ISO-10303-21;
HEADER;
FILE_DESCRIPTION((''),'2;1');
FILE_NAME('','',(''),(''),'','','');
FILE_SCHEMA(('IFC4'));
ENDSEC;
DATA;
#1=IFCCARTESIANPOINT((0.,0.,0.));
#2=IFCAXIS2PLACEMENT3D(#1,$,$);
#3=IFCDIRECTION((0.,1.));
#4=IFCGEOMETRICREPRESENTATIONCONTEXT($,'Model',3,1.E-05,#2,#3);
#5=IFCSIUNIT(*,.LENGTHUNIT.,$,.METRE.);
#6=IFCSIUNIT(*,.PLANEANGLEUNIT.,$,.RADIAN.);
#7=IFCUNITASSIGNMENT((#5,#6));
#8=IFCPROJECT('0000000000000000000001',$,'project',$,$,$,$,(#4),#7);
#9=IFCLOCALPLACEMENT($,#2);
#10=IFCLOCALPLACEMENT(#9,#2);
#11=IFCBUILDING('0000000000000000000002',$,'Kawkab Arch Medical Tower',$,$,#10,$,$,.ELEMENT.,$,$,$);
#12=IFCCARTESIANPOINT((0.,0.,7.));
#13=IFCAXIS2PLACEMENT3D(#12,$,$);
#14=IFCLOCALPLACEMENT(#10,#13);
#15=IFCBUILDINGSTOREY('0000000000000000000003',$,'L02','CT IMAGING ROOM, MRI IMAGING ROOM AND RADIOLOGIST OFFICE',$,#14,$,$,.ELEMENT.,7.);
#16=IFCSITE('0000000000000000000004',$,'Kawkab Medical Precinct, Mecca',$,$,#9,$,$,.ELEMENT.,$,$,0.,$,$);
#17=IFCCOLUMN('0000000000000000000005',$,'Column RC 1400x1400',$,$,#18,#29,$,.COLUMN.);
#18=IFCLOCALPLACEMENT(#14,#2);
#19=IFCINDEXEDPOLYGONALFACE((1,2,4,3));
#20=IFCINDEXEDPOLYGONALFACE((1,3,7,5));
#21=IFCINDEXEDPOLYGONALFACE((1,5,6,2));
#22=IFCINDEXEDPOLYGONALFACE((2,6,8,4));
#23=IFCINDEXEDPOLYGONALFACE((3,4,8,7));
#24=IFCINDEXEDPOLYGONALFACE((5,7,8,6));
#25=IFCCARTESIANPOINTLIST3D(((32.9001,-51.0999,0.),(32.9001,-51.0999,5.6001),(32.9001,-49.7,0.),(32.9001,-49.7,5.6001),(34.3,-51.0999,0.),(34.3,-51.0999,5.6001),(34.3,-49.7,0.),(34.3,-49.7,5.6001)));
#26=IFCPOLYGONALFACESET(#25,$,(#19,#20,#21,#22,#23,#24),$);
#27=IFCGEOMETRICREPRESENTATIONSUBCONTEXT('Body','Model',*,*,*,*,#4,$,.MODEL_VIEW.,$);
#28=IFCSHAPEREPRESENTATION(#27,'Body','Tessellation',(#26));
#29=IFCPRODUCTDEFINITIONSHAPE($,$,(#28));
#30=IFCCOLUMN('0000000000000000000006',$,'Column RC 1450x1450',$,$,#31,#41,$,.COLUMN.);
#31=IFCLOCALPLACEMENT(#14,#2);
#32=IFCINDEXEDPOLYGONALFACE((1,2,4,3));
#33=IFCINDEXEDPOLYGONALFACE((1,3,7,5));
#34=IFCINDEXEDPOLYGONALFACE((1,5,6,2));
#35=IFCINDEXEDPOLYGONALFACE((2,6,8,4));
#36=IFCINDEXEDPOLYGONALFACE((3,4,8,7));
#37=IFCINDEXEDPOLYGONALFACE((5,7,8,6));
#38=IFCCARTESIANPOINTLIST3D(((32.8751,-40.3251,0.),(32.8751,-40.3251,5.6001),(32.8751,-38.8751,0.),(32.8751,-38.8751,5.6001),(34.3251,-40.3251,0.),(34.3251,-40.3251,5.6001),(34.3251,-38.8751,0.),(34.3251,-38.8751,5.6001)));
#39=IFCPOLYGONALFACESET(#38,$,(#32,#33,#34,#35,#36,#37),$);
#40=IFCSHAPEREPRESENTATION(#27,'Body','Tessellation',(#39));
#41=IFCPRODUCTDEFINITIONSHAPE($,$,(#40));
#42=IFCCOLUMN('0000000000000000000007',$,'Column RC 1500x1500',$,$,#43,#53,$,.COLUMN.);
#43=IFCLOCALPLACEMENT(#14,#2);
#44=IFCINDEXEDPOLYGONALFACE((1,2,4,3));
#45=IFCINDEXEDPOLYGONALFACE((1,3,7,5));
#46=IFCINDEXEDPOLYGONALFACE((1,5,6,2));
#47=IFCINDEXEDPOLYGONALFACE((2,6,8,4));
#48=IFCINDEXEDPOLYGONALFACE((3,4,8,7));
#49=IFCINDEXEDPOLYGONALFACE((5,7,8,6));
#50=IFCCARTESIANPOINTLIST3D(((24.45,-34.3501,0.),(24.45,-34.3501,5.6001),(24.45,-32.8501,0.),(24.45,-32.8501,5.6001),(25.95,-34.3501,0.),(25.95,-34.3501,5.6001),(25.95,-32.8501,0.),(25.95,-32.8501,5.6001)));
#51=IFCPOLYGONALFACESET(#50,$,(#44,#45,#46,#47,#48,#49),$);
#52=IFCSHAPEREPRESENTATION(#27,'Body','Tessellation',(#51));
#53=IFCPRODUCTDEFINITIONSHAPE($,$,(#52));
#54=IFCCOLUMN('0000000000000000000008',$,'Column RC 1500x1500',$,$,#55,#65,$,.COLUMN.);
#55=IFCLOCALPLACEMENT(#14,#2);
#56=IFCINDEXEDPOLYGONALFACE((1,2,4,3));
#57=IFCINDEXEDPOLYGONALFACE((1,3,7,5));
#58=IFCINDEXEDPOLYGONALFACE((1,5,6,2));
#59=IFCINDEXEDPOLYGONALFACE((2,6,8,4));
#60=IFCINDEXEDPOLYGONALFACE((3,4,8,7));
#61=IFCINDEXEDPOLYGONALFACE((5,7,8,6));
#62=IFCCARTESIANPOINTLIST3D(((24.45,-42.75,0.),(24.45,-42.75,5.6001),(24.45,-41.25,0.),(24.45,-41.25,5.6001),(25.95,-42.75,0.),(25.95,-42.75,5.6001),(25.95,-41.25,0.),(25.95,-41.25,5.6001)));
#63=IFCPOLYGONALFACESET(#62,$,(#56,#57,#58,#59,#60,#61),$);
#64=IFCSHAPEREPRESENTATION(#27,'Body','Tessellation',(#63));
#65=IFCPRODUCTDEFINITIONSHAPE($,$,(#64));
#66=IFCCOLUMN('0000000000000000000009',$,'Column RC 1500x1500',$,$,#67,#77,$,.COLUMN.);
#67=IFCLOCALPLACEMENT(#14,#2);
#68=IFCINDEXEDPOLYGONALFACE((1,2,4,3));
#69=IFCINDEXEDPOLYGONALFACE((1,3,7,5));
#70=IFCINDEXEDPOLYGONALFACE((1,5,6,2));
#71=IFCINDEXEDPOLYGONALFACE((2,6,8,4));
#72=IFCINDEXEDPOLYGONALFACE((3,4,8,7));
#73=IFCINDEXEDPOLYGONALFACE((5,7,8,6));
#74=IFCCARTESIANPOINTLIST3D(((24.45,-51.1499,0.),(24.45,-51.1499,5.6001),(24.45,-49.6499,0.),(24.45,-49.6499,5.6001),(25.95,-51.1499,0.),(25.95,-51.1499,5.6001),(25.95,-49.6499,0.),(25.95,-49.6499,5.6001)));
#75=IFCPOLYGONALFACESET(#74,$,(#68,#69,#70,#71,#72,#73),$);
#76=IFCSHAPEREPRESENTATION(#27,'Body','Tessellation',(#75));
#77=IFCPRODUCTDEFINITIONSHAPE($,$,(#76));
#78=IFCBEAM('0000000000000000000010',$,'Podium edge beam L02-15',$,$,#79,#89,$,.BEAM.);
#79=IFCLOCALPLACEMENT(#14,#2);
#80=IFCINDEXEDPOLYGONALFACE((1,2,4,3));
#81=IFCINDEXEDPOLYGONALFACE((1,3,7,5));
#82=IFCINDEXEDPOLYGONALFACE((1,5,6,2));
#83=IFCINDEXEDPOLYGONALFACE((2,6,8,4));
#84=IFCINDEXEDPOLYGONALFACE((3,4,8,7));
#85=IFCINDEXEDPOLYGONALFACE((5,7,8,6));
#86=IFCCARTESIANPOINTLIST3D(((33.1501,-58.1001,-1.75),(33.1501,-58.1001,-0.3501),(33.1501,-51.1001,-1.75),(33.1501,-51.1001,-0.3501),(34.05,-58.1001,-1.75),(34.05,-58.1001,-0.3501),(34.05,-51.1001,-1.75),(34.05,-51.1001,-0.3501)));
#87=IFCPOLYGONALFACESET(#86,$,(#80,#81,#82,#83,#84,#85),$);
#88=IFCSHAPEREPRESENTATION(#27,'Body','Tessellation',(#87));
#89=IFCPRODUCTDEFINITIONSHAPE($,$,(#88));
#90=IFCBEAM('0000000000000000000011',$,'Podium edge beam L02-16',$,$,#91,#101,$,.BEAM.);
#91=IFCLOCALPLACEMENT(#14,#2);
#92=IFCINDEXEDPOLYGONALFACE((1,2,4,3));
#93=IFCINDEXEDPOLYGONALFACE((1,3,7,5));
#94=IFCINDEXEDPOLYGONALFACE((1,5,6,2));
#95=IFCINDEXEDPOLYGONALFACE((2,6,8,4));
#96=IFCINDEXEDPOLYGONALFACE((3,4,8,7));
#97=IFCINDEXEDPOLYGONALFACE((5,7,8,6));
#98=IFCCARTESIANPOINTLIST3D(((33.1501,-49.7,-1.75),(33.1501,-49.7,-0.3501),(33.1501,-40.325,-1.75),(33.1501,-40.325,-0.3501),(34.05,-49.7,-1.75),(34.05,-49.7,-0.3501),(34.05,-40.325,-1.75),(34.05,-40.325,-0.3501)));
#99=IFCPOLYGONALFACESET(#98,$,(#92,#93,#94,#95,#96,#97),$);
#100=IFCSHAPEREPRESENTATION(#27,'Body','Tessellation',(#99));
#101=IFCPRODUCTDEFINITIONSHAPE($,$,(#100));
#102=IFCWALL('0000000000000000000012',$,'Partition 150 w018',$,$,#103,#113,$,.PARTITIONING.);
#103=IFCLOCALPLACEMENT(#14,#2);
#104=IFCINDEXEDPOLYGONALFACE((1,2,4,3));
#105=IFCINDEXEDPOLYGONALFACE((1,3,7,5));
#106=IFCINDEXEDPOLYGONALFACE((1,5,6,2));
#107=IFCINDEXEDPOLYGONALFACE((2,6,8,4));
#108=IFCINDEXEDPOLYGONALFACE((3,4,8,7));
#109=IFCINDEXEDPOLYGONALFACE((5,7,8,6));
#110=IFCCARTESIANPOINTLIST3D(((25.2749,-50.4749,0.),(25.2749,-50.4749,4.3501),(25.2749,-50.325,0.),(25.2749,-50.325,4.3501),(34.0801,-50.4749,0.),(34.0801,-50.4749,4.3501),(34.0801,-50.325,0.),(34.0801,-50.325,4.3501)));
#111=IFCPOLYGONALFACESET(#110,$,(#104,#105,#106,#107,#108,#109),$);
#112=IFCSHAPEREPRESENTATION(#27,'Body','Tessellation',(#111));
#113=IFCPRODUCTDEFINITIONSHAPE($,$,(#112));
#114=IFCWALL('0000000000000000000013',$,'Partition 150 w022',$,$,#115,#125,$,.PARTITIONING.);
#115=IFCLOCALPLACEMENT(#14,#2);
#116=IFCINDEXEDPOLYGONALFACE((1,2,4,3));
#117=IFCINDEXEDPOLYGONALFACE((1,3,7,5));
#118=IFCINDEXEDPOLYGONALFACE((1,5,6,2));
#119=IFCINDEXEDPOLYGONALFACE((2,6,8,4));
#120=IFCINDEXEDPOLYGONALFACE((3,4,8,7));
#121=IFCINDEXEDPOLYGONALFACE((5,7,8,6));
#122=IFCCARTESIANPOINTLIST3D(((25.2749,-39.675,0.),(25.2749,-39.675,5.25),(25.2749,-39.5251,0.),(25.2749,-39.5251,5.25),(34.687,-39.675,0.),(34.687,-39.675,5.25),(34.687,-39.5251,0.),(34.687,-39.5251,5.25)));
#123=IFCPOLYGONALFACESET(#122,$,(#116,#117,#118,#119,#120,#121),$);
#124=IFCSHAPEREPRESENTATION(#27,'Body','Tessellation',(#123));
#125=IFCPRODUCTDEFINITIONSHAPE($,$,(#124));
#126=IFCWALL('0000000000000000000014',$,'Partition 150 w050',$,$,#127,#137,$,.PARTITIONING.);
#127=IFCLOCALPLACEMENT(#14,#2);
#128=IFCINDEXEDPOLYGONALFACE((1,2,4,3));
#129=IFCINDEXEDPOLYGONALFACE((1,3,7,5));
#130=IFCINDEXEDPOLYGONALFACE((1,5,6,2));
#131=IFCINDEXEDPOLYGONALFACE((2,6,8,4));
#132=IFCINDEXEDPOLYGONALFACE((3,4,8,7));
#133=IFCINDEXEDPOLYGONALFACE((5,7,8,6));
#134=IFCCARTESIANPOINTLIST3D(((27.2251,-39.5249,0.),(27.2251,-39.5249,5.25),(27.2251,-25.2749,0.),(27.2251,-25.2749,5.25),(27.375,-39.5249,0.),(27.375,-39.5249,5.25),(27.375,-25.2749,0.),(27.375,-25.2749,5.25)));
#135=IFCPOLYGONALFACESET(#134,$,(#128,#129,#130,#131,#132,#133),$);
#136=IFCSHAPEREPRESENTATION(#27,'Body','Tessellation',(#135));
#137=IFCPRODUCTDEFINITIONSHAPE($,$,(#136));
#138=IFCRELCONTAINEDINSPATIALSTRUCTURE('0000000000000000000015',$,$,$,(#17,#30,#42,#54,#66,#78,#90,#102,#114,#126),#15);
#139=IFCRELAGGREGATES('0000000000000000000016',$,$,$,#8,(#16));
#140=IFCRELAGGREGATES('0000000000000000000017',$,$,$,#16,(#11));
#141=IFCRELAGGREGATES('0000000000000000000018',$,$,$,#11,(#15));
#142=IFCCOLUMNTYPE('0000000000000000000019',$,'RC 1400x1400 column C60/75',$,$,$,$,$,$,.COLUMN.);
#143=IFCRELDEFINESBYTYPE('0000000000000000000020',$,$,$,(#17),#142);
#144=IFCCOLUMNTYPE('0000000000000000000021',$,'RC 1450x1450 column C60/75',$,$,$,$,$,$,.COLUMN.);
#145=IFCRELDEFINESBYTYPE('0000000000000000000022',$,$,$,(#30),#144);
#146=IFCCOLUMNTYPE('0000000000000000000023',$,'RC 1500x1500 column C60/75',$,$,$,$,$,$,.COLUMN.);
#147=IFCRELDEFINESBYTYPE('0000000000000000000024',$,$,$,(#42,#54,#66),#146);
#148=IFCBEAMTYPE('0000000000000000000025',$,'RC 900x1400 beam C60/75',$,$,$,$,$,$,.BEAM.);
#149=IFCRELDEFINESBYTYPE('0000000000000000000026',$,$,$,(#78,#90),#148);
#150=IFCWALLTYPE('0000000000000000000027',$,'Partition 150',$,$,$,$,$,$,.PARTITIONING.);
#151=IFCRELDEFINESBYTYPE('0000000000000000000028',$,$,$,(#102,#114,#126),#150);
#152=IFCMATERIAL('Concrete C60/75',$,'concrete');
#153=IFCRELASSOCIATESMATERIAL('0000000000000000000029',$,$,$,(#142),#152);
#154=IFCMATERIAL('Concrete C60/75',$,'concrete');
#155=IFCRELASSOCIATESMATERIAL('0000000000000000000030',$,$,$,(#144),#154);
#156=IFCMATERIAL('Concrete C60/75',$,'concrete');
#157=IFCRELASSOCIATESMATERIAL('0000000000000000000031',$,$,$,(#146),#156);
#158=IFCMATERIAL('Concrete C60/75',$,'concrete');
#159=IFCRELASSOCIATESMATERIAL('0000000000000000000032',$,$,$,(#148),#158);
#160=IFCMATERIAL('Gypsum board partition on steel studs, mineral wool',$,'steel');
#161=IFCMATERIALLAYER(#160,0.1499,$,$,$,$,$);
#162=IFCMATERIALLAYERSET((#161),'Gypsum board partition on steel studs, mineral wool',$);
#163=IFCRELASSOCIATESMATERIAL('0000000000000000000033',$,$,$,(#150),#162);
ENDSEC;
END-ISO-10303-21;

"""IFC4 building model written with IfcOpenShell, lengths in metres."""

from ifc_helpers import new_model, si_unit, direction, frame, frame_2d, origin, origin_2d, place, context, subcontext, project, spatial, rectangle, extrude, material, layer, layer_set, material_profile, profile_set, type_object, element, save


model = new_model("IFC4")

# Units and contexts
model_context = context("Model", 3, precision=1e-05, world=origin(), true_north=direction((0.0, 1.0)))
body_context = subcontext(model_context, "Body", "Model", "MODEL_VIEW")
ifc_project = project(units=[si_unit("LENGTHUNIT", "METRE"), si_unit("PLANEANGLEUNIT", "RADIAN")], contexts=[model_context])

# Site, building, storey
site_placement = place(None, origin())
site = spatial("IfcSite", under=ifc_project, at=site_placement, Name="Kawkab Medical Precinct, Mecca", CompositionType="ELEMENT", RefElevation=0.0)
building_placement = place(site_placement, origin())
building = spatial("IfcBuilding", under=site, at=building_placement, Name="Kawkab Arch Medical Tower", CompositionType="ELEMENT")
storey_placement = place(building_placement, frame((0.0, 0.0, 7.0)))
storey = spatial("IfcBuildingStorey", under=building, at=storey_placement, Name="L02", Description="CT IMAGING ROOM, MRI IMAGING ROOM AND RADIOLOGIST OFFICE", CompositionType="ELEMENT", Elevation=7.0)

# Columns
ifc_material_1 = material(Name="Concrete C60/75", Category="concrete")
ifc_material_profile_1 = material_profile(ifc_material_1, rectangle(XDim=1.3999, YDim=1.3999, at=origin_2d()), Name="RC 1400x1400")
ifc_profile_set_1 = profile_set([ifc_material_profile_1], Name="Concrete C60/75")
column_type_1 = type_object("IfcColumnType", Name="RC 1400x1400 column C60/75", PredefinedType="COLUMN", material=ifc_profile_set_1)
column_1_placement = place(storey_placement, frame((33.6001, -50.3999, 0.0), z_axis=(0.0, 0.0, 1.0), x_axis=(1.0, 0.0, 0.0)))
element("IfcColumn", 1, at=column_1_placement, inside=storey, type_object=column_type_1, Name="Column RC 1400x1400", PredefinedType="COLUMN", context=body_context, shape_type="SweptSolid", body=[
    extrude(rectangle(XDim=1.3999, YDim=1.3999, at=origin_2d()), origin(), (0.0, 0.0, 1.0), 5.6001),
])
ifc_material_2 = material(Name="Concrete C60/75", Category="concrete")
ifc_material_profile_2 = material_profile(ifc_material_2, rectangle(XDim=1.45, YDim=1.45, at=origin_2d()), Name="RC 1450x1450")
ifc_profile_set_2 = profile_set([ifc_material_profile_2], Name="Concrete C60/75")
column_type_2 = type_object("IfcColumnType", Name="RC 1450x1450 column C60/75", PredefinedType="COLUMN", material=ifc_profile_set_2)
column_2_placement = place(storey_placement, frame((33.6001, -39.6001, 0.0), z_axis=(0.0, 0.0, 1.0), x_axis=(1.0, 0.0, 0.0)))
element("IfcColumn", 2, at=column_2_placement, inside=storey, type_object=column_type_2, Name="Column RC 1450x1450", PredefinedType="COLUMN", context=body_context, shape_type="SweptSolid", body=[
    extrude(rectangle(XDim=1.45, YDim=1.45, at=origin_2d()), origin(), (0.0, 0.0, 1.0), 5.6001),
])
ifc_material_3 = material(Name="Concrete C60/75", Category="concrete")
ifc_material_profile_3 = material_profile(ifc_material_3, rectangle(XDim=1.5, YDim=1.5, at=origin_2d()), Name="RC 1500x1500")
ifc_profile_set_3 = profile_set([ifc_material_profile_3], Name="Concrete C60/75")
column_type_3 = type_object("IfcColumnType", Name="RC 1500x1500 column C60/75", PredefinedType="COLUMN", material=ifc_profile_set_3)
for number, where, z_axis, x_axis, name in (
    (3, (25.2, -33.6001, 0.0), (0.0, 0.0, 1.0), (1.0, 0.0, 0.0), "Column RC 1500x1500"),
    (4, (25.2, -42.0, 0.0), (0.0, 0.0, 1.0), (1.0, 0.0, 0.0), "Column RC 1500x1500"),
    (5, (25.2, -50.3999, 0.0), (0.0, 0.0, 1.0), (1.0, 0.0, 0.0), "Column RC 1500x1500"),
):
    element("IfcColumn", number, at=place(storey_placement, frame(where, z_axis=z_axis, x_axis=x_axis)), inside=storey, type_object=column_type_3, Name=name, PredefinedType="COLUMN", context=body_context, shape_type="SweptSolid", body=[
        extrude(rectangle(XDim=1.5, YDim=1.5, at=origin_2d()), origin(), (0.0, 0.0, 1.0), 5.6001),
    ])

# Beams
ifc_material_4 = material(Name="Concrete C60/75", Category="concrete")
ifc_material_profile_4 = material_profile(ifc_material_4, rectangle(XDim=0.8999, YDim=1.3999, at=origin_2d()), Name="RC 900x1400")
ifc_profile_set_4 = profile_set([ifc_material_profile_4], Name="Concrete C60/75")
beam_type = type_object("IfcBeamType", Name="RC 900x1400 beam C60/75", PredefinedType="BEAM", material=ifc_profile_set_4)
beam_1_placement = place(storey_placement, frame((33.6001, -58.1001, -1.05), z_axis=(0.0, 1.0, 0.0), x_axis=(-1.0, 0.0, 0.0)))
element("IfcBeam", 6, at=beam_1_placement, inside=storey, type_object=beam_type, Name="Podium edge beam L02-15", PredefinedType="BEAM", context=body_context, shape_type="SweptSolid", body=[
    extrude(rectangle(XDim=0.8999, YDim=1.3999, at=origin_2d()), origin(), (0.0, 0.0, 1.0), 7.0),
])
beam_2_placement = place(storey_placement, frame((33.6001, -49.7, -1.05), z_axis=(0.0, 1.0, 0.0), x_axis=(-1.0, 0.0, 0.0)))
element("IfcBeam", 7, at=beam_2_placement, inside=storey, type_object=beam_type, Name="Podium edge beam L02-16", PredefinedType="BEAM", context=body_context, shape_type="SweptSolid", body=[
    extrude(rectangle(XDim=0.8999, YDim=1.3999, at=origin_2d()), origin(), (0.0, 0.0, 1.0), 9.375),
])

# Walls
ifc_material_5 = material(Name="Gypsum board partition on steel studs, mineral wool", Category="steel")
ifc_layer = layer(ifc_material_5, 0.1499)
ifc_layer_set = layer_set([ifc_layer], Name="Gypsum board partition on steel studs, mineral wool")
wall_type = type_object("IfcWallType", Name="Partition 150", PredefinedType="PARTITIONING", material=ifc_layer_set)
wall_1_placement = place(storey_placement, frame((25.2749, -50.3999, 0.0), z_axis=(0.0, 0.0, 1.0), x_axis=(1.0, 0.0, 0.0)))
element("IfcWall", 8, at=wall_1_placement, inside=storey, type_object=wall_type, Name="Partition 150 w018", PredefinedType="PARTITIONING", context=body_context, shape_type="SweptSolid", body=[
    extrude(rectangle(XDim=8.8052, YDim=0.1499, at=frame_2d((4.4026, 0.0))), origin(), (0.0, 0.0, 1.0), 4.3501),
])
wall_2_placement = place(storey_placement, frame((25.2749, -39.6001, 0.0), z_axis=(0.0, 0.0, 1.0), x_axis=(1.0, 0.0, 0.0)))
element("IfcWall", 9, at=wall_2_placement, inside=storey, type_object=wall_type, Name="Partition 150 w022", PredefinedType="PARTITIONING", context=body_context, shape_type="SweptSolid", body=[
    extrude(rectangle(XDim=9.4121, YDim=0.1499, at=frame_2d((4.7061, 0.0))), origin(), (0.0, 0.0, 1.0), 5.25),
])
wall_3_placement = place(storey_placement, frame((27.3, -39.5249, 0.0), z_axis=(0.0, 0.0, 1.0), x_axis=(0.0, 1.0, 0.0)))
element("IfcWall", 10, at=wall_3_placement, inside=storey, type_object=wall_type, Name="Partition 150 w050", PredefinedType="PARTITIONING", context=body_context, shape_type="SweptSolid", body=[
    extrude(rectangle(XDim=14.25, YDim=0.1499, at=frame_2d((7.125, 0.0))), origin(), (0.0, 0.0, 1.0), 5.25),
])

save(model, "model.ifc")
